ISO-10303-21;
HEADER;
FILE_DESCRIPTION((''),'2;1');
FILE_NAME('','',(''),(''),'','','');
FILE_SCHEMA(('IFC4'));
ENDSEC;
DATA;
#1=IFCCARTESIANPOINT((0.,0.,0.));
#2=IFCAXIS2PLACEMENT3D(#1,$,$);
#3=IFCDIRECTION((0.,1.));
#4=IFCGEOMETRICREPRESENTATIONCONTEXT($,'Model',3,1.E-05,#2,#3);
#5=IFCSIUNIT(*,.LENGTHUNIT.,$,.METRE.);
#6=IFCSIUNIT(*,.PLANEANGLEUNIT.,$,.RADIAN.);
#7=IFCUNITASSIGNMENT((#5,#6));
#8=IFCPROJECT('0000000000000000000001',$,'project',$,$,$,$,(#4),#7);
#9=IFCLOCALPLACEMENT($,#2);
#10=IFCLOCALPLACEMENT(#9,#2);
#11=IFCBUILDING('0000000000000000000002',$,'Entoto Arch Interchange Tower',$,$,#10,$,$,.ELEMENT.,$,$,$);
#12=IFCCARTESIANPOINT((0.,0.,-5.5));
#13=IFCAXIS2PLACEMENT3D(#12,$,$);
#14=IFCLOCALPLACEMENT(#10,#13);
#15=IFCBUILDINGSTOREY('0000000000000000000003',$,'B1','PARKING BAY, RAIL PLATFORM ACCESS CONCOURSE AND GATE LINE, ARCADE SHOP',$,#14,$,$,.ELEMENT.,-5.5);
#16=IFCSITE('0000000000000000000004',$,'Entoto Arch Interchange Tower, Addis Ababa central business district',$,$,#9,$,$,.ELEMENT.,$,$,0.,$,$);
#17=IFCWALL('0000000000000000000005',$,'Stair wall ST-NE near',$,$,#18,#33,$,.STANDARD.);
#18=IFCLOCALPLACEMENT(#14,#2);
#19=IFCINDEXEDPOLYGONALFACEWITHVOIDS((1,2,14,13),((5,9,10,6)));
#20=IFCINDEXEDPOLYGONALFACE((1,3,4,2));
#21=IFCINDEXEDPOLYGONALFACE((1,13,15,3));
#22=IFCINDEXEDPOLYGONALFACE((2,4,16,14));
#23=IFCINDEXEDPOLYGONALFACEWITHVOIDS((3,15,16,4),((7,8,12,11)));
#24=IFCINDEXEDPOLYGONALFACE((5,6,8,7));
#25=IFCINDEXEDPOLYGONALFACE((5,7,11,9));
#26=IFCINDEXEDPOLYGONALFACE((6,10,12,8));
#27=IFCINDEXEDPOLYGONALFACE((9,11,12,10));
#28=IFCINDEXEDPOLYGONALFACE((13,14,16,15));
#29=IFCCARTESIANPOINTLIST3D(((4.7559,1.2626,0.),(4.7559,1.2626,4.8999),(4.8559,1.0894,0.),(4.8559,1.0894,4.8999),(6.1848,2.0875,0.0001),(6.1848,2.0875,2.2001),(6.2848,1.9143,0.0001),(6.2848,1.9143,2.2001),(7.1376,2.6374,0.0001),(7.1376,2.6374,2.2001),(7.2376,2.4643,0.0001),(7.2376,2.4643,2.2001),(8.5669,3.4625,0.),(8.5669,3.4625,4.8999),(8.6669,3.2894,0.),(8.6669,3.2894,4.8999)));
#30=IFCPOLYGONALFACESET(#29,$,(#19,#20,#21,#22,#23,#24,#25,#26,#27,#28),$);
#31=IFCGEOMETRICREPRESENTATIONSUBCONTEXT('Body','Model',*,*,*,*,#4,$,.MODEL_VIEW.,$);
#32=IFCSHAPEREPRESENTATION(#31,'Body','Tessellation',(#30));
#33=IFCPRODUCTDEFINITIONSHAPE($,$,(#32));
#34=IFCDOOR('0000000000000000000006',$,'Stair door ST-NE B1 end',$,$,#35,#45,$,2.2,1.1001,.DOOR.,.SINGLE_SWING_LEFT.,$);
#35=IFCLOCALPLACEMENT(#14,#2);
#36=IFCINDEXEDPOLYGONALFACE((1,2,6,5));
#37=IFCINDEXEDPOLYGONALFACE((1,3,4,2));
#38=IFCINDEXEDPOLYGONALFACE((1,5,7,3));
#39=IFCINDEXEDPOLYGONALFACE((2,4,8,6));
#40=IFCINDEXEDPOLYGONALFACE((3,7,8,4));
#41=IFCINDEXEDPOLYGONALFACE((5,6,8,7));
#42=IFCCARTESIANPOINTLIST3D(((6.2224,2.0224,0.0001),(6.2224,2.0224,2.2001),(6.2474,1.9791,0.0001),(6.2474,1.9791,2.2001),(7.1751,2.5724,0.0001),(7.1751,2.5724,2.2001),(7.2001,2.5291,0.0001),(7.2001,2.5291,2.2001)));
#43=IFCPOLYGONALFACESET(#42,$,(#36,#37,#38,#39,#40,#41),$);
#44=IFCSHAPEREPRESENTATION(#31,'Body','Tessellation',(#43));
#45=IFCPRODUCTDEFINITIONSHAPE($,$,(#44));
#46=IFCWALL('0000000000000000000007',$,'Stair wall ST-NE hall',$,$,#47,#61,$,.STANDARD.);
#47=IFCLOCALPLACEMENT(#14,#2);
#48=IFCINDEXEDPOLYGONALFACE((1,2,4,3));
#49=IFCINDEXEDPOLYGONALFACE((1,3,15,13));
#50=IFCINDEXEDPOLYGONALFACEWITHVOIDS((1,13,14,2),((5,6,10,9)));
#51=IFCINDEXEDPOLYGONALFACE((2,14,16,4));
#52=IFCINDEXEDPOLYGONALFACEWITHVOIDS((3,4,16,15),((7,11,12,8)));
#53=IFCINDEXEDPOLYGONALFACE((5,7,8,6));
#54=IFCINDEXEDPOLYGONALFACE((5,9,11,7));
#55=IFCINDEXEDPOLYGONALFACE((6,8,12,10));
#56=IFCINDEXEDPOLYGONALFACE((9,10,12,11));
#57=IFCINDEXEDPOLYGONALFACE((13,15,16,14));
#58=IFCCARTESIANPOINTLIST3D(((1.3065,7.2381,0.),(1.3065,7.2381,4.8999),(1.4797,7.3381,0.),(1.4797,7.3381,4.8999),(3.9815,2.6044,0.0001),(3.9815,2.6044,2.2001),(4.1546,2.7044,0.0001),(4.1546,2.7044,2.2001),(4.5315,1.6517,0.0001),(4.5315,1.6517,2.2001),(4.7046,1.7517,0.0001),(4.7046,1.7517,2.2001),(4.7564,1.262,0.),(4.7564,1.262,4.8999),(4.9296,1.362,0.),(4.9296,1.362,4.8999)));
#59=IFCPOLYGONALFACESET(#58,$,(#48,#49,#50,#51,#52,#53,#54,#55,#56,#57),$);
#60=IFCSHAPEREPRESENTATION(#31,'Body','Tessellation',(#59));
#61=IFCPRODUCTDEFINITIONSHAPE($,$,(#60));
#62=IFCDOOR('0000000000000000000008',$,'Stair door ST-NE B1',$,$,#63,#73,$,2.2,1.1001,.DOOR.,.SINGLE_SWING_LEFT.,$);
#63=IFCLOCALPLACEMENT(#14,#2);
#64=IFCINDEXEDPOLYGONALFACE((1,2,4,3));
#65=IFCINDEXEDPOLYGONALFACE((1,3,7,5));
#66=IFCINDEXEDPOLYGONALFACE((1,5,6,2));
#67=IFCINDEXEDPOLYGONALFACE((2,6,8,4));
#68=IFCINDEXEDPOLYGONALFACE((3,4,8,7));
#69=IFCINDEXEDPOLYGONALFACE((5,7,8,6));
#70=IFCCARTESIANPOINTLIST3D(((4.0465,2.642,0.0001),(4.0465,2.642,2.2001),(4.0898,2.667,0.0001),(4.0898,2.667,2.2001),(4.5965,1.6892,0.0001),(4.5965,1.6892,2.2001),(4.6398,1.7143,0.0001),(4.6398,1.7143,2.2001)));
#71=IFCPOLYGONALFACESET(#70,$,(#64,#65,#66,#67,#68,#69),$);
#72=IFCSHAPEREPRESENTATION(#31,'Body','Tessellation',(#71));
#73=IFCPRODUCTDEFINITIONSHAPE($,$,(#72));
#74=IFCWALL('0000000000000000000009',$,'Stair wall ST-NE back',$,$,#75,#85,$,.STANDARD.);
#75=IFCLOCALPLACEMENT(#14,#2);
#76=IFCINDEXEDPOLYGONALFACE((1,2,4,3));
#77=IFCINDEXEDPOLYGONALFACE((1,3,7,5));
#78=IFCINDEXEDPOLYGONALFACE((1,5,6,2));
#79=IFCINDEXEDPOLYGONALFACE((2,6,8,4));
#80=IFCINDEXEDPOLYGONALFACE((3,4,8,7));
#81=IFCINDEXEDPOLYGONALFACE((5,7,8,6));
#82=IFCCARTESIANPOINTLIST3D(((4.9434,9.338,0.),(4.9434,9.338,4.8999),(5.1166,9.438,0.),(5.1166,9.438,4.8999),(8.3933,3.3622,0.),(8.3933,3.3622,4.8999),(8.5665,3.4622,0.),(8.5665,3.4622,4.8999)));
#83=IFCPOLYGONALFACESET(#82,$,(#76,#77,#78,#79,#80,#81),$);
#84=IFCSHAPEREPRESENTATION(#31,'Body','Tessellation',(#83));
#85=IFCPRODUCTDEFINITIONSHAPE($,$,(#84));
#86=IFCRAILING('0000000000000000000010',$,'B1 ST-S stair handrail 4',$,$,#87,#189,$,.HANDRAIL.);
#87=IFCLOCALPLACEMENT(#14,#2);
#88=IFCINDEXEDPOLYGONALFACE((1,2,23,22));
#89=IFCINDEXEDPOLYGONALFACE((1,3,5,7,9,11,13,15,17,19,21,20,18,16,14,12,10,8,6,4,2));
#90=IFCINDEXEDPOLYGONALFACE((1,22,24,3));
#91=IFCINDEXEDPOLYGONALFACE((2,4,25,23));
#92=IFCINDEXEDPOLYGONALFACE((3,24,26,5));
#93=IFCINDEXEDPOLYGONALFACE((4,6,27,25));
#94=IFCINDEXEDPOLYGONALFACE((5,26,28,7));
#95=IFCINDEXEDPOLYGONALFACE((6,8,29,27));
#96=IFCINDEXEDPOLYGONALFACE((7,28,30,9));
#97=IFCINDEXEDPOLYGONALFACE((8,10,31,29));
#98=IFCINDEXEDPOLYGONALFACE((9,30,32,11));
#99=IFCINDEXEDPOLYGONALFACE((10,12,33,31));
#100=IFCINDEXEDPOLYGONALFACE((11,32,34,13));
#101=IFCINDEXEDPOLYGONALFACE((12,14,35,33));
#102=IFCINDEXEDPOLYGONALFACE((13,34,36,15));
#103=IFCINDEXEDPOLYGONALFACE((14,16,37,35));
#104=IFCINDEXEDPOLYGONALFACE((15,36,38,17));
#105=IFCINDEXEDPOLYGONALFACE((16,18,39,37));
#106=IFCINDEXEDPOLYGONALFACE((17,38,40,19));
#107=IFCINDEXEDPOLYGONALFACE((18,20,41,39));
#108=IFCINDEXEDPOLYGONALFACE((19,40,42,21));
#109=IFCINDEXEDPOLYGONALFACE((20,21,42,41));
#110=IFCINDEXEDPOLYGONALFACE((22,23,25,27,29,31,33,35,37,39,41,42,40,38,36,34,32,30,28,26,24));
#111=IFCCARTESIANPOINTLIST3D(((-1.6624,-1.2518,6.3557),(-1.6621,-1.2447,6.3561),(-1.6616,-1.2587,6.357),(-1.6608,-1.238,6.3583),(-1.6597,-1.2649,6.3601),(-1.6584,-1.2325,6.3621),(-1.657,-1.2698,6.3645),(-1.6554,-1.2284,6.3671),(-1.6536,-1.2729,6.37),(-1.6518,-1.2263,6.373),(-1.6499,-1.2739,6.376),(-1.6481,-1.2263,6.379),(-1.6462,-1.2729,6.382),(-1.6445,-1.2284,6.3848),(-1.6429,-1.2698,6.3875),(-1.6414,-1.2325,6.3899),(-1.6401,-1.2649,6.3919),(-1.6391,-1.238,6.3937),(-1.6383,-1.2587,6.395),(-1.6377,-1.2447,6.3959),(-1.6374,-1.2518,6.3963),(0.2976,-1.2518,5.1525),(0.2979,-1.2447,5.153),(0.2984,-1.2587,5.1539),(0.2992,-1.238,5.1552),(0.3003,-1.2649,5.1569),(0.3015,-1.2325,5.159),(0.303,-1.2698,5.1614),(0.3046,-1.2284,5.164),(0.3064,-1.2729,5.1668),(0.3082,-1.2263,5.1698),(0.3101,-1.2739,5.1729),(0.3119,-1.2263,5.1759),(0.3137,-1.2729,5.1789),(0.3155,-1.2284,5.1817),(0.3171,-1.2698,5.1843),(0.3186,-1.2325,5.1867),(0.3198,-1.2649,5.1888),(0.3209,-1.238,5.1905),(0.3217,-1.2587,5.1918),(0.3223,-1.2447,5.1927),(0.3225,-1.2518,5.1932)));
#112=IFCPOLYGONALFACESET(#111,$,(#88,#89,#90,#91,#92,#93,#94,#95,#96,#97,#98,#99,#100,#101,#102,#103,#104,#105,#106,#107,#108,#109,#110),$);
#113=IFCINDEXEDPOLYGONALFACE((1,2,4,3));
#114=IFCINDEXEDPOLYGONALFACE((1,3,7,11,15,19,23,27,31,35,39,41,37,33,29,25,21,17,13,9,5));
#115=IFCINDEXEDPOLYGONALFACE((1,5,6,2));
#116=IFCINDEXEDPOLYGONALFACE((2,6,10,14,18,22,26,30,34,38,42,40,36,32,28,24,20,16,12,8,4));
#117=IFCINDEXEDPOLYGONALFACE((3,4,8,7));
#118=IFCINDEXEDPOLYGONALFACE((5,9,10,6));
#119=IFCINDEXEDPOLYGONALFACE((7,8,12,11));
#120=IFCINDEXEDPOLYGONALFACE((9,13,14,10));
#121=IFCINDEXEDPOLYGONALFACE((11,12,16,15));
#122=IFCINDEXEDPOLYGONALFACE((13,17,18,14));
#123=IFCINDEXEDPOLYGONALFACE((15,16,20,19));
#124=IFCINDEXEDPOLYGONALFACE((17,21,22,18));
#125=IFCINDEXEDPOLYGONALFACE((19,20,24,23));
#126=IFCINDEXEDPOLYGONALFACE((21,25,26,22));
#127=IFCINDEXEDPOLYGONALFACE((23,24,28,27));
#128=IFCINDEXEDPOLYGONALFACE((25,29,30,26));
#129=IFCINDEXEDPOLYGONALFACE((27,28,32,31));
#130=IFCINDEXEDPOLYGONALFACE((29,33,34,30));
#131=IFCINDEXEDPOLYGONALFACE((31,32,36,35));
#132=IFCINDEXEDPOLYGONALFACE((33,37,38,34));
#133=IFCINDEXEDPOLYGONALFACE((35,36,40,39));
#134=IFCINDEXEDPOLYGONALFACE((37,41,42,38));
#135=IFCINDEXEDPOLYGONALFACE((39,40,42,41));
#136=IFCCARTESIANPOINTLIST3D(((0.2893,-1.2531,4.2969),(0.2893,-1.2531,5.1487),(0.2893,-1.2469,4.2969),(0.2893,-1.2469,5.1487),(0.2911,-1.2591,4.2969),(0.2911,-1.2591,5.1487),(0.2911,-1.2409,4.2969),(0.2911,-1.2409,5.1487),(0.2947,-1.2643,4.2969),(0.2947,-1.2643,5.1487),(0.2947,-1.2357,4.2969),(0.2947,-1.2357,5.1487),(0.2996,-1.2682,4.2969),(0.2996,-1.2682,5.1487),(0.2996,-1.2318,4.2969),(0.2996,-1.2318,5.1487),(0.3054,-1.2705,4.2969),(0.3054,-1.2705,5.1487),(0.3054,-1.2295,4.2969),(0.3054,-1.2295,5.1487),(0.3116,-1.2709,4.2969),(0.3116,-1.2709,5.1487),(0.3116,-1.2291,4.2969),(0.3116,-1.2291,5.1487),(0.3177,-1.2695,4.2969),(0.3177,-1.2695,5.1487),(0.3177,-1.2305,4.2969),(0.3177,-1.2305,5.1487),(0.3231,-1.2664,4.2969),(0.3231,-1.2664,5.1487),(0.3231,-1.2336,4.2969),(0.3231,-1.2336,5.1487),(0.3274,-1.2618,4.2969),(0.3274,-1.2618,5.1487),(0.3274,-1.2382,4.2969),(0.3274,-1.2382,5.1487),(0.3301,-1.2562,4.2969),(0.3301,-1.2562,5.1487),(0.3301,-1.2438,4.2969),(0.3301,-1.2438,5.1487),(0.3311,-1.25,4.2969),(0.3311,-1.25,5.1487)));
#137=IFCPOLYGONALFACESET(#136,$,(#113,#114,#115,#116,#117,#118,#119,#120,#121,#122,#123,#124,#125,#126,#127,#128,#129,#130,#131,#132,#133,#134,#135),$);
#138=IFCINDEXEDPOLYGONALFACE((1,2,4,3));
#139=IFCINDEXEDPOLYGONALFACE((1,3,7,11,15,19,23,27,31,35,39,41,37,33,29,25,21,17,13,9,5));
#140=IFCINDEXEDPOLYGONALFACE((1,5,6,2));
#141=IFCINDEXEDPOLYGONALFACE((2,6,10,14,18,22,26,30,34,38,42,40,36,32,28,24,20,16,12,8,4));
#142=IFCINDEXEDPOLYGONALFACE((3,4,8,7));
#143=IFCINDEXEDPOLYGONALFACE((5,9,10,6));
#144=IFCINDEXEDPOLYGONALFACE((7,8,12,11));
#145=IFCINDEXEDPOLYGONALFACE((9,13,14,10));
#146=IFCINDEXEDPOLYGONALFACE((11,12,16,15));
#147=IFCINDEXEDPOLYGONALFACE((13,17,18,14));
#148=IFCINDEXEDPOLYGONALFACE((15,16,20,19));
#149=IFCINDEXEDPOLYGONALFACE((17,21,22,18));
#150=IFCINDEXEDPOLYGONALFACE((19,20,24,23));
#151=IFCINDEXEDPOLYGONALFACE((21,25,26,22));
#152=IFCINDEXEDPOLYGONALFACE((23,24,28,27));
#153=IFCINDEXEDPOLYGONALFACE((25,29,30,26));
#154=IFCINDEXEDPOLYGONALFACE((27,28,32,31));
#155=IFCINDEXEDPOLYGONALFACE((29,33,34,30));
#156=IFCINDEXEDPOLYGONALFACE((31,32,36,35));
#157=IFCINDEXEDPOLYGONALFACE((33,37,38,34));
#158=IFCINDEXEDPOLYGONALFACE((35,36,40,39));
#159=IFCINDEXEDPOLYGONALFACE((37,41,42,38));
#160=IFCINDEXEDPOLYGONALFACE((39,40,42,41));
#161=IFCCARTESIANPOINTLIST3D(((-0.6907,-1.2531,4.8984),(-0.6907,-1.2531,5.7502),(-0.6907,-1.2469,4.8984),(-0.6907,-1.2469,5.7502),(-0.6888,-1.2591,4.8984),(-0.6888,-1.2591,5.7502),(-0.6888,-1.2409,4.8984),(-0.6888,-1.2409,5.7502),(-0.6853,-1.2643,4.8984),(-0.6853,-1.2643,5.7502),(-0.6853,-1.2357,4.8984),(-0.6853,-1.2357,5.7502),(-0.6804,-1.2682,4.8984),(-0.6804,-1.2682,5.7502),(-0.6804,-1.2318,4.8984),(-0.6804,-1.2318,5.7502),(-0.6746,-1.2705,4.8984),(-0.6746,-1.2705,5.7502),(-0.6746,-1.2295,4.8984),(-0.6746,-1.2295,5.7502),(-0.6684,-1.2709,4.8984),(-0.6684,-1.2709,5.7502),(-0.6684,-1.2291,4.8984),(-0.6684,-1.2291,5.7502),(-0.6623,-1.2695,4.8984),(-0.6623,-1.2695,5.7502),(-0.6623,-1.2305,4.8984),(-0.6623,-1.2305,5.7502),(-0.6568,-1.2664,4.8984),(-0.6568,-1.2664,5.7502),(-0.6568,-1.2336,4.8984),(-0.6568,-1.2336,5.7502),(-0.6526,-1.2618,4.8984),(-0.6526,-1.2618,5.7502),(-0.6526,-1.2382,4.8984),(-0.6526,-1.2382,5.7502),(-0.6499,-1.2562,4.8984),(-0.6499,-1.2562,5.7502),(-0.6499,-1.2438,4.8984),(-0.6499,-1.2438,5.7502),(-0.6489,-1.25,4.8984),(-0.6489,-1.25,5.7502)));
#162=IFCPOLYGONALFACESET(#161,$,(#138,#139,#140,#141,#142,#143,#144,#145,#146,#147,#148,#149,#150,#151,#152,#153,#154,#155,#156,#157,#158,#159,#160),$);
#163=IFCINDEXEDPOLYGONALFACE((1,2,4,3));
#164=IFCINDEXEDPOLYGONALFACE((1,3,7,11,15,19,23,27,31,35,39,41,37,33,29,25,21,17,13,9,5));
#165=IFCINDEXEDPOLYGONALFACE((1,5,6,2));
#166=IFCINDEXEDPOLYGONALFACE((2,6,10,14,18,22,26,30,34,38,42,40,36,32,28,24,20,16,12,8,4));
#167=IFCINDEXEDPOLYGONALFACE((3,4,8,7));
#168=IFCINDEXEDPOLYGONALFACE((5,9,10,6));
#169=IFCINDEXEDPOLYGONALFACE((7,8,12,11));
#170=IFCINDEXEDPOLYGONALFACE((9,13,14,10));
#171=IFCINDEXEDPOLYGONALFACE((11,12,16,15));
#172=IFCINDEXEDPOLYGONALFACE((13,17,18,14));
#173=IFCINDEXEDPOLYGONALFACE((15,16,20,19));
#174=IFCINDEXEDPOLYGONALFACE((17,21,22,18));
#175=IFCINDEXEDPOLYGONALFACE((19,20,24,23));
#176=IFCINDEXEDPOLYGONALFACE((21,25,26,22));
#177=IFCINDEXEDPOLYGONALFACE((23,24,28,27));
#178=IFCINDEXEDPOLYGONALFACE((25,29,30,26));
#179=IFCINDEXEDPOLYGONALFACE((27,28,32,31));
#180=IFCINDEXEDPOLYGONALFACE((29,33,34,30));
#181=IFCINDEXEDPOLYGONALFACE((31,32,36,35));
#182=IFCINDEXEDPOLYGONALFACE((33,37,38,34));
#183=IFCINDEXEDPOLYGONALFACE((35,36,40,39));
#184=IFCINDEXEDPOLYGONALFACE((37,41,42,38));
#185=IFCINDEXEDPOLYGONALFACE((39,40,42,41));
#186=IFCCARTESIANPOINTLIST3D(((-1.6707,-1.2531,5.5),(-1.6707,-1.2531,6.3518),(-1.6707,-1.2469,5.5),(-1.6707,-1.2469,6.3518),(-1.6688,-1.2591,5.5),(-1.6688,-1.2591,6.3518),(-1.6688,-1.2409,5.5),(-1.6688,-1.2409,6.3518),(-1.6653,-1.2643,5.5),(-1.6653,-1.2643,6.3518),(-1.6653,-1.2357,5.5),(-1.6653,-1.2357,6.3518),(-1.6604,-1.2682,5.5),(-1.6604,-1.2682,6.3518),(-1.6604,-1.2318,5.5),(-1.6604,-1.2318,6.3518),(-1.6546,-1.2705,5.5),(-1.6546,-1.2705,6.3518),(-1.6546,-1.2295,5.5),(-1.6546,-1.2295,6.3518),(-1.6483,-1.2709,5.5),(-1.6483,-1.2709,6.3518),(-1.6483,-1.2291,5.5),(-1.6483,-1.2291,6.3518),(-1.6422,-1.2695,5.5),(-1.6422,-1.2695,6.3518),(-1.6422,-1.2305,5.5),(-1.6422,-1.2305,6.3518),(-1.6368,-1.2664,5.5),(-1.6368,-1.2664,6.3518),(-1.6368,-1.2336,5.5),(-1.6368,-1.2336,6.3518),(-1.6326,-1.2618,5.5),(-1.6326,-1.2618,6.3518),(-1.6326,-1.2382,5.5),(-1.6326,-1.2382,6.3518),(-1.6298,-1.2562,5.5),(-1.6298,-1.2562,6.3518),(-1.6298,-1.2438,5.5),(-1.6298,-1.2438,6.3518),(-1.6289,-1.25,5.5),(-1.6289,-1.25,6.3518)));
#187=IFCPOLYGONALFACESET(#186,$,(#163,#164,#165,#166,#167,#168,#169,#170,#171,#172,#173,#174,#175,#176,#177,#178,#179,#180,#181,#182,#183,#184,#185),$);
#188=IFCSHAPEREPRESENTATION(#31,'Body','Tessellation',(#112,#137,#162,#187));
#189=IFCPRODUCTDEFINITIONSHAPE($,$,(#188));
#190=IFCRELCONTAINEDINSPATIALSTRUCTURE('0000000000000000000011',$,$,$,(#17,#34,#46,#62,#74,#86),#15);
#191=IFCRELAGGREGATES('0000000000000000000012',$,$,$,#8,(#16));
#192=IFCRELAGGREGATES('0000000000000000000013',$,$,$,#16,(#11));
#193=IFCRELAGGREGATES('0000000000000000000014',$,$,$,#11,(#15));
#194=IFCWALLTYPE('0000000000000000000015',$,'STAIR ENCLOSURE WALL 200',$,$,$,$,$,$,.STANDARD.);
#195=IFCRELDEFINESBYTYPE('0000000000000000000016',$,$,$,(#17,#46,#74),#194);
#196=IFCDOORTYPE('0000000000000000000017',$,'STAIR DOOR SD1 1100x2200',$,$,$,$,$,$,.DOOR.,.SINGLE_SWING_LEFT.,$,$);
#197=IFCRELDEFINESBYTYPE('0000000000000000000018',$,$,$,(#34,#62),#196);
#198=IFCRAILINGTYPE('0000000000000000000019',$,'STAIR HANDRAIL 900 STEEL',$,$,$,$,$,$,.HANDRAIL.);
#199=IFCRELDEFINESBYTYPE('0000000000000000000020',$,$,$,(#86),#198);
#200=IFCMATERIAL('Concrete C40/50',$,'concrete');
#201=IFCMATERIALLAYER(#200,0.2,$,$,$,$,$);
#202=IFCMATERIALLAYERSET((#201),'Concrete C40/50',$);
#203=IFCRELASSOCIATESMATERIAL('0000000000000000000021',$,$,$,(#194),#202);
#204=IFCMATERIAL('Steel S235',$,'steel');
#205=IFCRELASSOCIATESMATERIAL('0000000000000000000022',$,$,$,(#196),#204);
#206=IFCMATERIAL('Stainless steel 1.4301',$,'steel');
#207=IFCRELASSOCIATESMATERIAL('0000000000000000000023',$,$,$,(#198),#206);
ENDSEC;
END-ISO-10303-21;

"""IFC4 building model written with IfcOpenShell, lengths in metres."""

from ifc_helpers import new_model, si_unit, direction, frame, frame_2d, origin, origin_2d, place, context, subcontext, project, spatial, rectangle, circle, extrude, material, layer, layer_set, type_object, element, fill, save


model = new_model("IFC4")

# Units and contexts
model_context = context("Model", 3, precision=1e-05, world=origin(), true_north=direction((0.0, 1.0)))
body_context = subcontext(model_context, "Body", "Model", "MODEL_VIEW")
ifc_project = project(units=[si_unit("LENGTHUNIT", "METRE"), si_unit("PLANEANGLEUNIT", "RADIAN")], contexts=[model_context])

# Site, building, storey
site_placement = place(None, origin())
site = spatial("IfcSite", under=ifc_project, at=site_placement, Name="Entoto Arch Interchange Tower, Addis Ababa central business district", CompositionType="ELEMENT", RefElevation=0.0)
building_placement = place(site_placement, origin())
building = spatial("IfcBuilding", under=site, at=building_placement, Name="Entoto Arch Interchange Tower", CompositionType="ELEMENT")
storey_placement = place(building_placement, frame((0.0, 0.0, -5.5)))
storey = spatial("IfcBuildingStorey", under=building, at=storey_placement, Name="B1", Description="PARKING BAY, RAIL PLATFORM ACCESS CONCOURSE AND GATE LINE, ARCADE SHOP", CompositionType="ELEMENT", Elevation=-5.5)

# Shared definitions
ifc_material_1 = material(Name="Concrete C40/50", Category="concrete")

# Shared definitions
ifc_layer_1 = layer(ifc_material_1, 0.2)
ifc_layer_set_1 = layer_set([ifc_layer_1], Name="Concrete C40/50")
wall_type_1 = type_object("IfcWallType", Name="STAIR ENCLOSURE WALL 200", PredefinedType="STANDARD", material=ifc_layer_set_1)

# Walls, openings, doors
wall_1_placement = place(storey_placement, frame((4.8059, 1.176, 0.0), z_axis=(0.0, 0.0, 1.0), x_axis=(0.86606, 0.49994, 0.0)))
wall_1 = element("IfcWall", 1, at=wall_1_placement, inside=storey, type_object=wall_type_1, Name="Stair wall ST-NE near", PredefinedType="STANDARD", context=body_context, shape_type="SweptSolid", body=[
    extrude(rectangle(XDim=4.4004, YDim=0.2, at=frame_2d((2.2002, 0.0))), origin(), (0.0, 0.0, 1.0), 4.8999),
])
opening_1_placement = place(wall_1_placement, frame((1.6499, 0.0, 0.0)))
opening_1 = element("IfcOpeningElement", 2, at=opening_1_placement, cuts=wall_1, PredefinedType="OPENING", context=body_context, shape_type="SweptSolid", body=[
    extrude(rectangle(XDim=1.1001, YDim=2.2, at=frame_2d((0.55, 1.1001))), frame((0.0, 0.1099, 0.0), z_axis=(0.0, -1.0, 0.0), x_axis=(1.0, 0.0, 0.0)), (0.0, 0.0, 1.0), 0.22),
])
ifc_material_2 = material(Name="Steel S235", Category="steel")
door_type_1 = type_object("IfcDoorType", Name="STAIR DOOR SD1 1100x2200", OperationType="SINGLE_SWING_LEFT", PredefinedType="DOOR", material=ifc_material_2)
door_1_placement = place(opening_1_placement, origin())
door_1 = element("IfcDoor", 3, at=door_1_placement, inside=storey, type_object=door_type_1, Name="Stair door ST-NE B1 end", OperationType="SINGLE_SWING_LEFT", OverallHeight=2.2, OverallWidth=1.1001, PredefinedType="DOOR", context=body_context, shape_type="SweptSolid", body=[
    extrude(rectangle(XDim=1.1001, YDim=2.2, at=frame_2d((0.55, 1.1001))), frame((0.0, 0.0249, 0.0), z_axis=(0.0, -1.0, 0.0), x_axis=(1.0, 0.0, 0.0)), (0.0, 0.0, 1.0), 0.05),
])
fill(opening_1, door_1)
wall_2_placement = place(storey_placement, frame((4.843, 1.312, 0.0), z_axis=(0.0, 0.0, 1.0), x_axis=(-0.499963, 0.866047, 0.0)))
wall_2 = element("IfcWall", 4, at=wall_2_placement, inside=storey, type_object=wall_type_1, Name="Stair wall ST-NE hall", PredefinedType="STANDARD", context=body_context, shape_type="SweptSolid", body=[
    extrude(rectangle(XDim=6.9004, YDim=0.2, at=frame_2d((3.4502, 0.0))), origin(), (0.0, 0.0, 1.0), 4.8999),
])
opening_2_placement = place(wall_2_placement, frame((0.45, 0.0, 0.0)))
opening_2 = element("IfcOpeningElement", 5, at=opening_2_placement, cuts=wall_2, PredefinedType="OPENING", context=body_context, shape_type="SweptSolid", body=[
    extrude(rectangle(XDim=1.1001, YDim=2.2, at=frame_2d((0.55, 1.1001))), frame((0.0, 0.1099, 0.0), z_axis=(0.0, -1.0, 0.0), x_axis=(1.0, 0.0, 0.0)), (0.0, 0.0, 1.0), 0.22),
])
door_2_placement = place(opening_2_placement, origin())
door_2 = element("IfcDoor", 6, at=door_2_placement, inside=storey, type_object=door_type_1, Name="Stair door ST-NE B1", OperationType="SINGLE_SWING_LEFT", OverallHeight=2.2, OverallWidth=1.1001, PredefinedType="DOOR", context=body_context, shape_type="SweptSolid", body=[
    extrude(rectangle(XDim=1.1001, YDim=2.2, at=frame_2d((0.55, 1.1001))), frame((0.0, 0.0249, 0.0), z_axis=(0.0, -1.0, 0.0), x_axis=(1.0, 0.0, 0.0)), (0.0, 0.0, 1.0), 0.05),
])
fill(opening_2, door_2)

# Wall
wall_3_placement = place(storey_placement, frame((8.48, 3.4121, 0.0), z_axis=(0.0, 0.0, 1.0), x_axis=(-0.499979, 0.866038, 0.0)))
element("IfcWall", 7, at=wall_3_placement, inside=storey, type_object=wall_type_1, Name="Stair wall ST-NE back", PredefinedType="STANDARD", context=body_context, shape_type="SweptSolid", body=[
    extrude(rectangle(XDim=6.9001, YDim=0.2, at=frame_2d((3.4502, 0.0))), origin(), (0.0, 0.0, 1.0), 4.8999),
])

# Railing
ifc_material_3 = material(Name="Stainless steel 1.4301", Category="steel")
railing_type = type_object("IfcRailingType", Name="STAIR HANDRAIL 900 STEEL", PredefinedType="HANDRAIL", material=ifc_material_3)
railing_placement = place(storey_placement, frame((0.3101, -1.25, 4.2969)))
element("IfcRailing", 8, at=railing_placement, inside=storey, type_object=railing_type, Name="B1 ST-S stair handrail 4", PredefinedType="HANDRAIL", context=body_context, shape_type="SweptSolid", body=[
    extrude(circle(Radius=0.0239, at=origin_2d()), frame((0.0, 0.0, 0.876), z_axis=(-0.852241, 0.0, 0.523149), x_axis=(0.0, -1.0, 0.0)), (0.0, 0.0, 1.0), 2.2998),
    extrude(circle(Radius=0.021, at=origin_2d()), origin(), (0.0, 0.0, 1.0), 0.8518),
    extrude(circle(Radius=0.021, at=origin_2d()), frame((-0.98, 0.0, 0.6016)), (0.0, 0.0, 1.0), 0.8518),
    extrude(circle(Radius=0.021, at=origin_2d()), frame((-1.96, 0.0, 1.2031)), (0.0, 0.0, 1.0), 0.8518),
])

save(model, "model.ifc")
